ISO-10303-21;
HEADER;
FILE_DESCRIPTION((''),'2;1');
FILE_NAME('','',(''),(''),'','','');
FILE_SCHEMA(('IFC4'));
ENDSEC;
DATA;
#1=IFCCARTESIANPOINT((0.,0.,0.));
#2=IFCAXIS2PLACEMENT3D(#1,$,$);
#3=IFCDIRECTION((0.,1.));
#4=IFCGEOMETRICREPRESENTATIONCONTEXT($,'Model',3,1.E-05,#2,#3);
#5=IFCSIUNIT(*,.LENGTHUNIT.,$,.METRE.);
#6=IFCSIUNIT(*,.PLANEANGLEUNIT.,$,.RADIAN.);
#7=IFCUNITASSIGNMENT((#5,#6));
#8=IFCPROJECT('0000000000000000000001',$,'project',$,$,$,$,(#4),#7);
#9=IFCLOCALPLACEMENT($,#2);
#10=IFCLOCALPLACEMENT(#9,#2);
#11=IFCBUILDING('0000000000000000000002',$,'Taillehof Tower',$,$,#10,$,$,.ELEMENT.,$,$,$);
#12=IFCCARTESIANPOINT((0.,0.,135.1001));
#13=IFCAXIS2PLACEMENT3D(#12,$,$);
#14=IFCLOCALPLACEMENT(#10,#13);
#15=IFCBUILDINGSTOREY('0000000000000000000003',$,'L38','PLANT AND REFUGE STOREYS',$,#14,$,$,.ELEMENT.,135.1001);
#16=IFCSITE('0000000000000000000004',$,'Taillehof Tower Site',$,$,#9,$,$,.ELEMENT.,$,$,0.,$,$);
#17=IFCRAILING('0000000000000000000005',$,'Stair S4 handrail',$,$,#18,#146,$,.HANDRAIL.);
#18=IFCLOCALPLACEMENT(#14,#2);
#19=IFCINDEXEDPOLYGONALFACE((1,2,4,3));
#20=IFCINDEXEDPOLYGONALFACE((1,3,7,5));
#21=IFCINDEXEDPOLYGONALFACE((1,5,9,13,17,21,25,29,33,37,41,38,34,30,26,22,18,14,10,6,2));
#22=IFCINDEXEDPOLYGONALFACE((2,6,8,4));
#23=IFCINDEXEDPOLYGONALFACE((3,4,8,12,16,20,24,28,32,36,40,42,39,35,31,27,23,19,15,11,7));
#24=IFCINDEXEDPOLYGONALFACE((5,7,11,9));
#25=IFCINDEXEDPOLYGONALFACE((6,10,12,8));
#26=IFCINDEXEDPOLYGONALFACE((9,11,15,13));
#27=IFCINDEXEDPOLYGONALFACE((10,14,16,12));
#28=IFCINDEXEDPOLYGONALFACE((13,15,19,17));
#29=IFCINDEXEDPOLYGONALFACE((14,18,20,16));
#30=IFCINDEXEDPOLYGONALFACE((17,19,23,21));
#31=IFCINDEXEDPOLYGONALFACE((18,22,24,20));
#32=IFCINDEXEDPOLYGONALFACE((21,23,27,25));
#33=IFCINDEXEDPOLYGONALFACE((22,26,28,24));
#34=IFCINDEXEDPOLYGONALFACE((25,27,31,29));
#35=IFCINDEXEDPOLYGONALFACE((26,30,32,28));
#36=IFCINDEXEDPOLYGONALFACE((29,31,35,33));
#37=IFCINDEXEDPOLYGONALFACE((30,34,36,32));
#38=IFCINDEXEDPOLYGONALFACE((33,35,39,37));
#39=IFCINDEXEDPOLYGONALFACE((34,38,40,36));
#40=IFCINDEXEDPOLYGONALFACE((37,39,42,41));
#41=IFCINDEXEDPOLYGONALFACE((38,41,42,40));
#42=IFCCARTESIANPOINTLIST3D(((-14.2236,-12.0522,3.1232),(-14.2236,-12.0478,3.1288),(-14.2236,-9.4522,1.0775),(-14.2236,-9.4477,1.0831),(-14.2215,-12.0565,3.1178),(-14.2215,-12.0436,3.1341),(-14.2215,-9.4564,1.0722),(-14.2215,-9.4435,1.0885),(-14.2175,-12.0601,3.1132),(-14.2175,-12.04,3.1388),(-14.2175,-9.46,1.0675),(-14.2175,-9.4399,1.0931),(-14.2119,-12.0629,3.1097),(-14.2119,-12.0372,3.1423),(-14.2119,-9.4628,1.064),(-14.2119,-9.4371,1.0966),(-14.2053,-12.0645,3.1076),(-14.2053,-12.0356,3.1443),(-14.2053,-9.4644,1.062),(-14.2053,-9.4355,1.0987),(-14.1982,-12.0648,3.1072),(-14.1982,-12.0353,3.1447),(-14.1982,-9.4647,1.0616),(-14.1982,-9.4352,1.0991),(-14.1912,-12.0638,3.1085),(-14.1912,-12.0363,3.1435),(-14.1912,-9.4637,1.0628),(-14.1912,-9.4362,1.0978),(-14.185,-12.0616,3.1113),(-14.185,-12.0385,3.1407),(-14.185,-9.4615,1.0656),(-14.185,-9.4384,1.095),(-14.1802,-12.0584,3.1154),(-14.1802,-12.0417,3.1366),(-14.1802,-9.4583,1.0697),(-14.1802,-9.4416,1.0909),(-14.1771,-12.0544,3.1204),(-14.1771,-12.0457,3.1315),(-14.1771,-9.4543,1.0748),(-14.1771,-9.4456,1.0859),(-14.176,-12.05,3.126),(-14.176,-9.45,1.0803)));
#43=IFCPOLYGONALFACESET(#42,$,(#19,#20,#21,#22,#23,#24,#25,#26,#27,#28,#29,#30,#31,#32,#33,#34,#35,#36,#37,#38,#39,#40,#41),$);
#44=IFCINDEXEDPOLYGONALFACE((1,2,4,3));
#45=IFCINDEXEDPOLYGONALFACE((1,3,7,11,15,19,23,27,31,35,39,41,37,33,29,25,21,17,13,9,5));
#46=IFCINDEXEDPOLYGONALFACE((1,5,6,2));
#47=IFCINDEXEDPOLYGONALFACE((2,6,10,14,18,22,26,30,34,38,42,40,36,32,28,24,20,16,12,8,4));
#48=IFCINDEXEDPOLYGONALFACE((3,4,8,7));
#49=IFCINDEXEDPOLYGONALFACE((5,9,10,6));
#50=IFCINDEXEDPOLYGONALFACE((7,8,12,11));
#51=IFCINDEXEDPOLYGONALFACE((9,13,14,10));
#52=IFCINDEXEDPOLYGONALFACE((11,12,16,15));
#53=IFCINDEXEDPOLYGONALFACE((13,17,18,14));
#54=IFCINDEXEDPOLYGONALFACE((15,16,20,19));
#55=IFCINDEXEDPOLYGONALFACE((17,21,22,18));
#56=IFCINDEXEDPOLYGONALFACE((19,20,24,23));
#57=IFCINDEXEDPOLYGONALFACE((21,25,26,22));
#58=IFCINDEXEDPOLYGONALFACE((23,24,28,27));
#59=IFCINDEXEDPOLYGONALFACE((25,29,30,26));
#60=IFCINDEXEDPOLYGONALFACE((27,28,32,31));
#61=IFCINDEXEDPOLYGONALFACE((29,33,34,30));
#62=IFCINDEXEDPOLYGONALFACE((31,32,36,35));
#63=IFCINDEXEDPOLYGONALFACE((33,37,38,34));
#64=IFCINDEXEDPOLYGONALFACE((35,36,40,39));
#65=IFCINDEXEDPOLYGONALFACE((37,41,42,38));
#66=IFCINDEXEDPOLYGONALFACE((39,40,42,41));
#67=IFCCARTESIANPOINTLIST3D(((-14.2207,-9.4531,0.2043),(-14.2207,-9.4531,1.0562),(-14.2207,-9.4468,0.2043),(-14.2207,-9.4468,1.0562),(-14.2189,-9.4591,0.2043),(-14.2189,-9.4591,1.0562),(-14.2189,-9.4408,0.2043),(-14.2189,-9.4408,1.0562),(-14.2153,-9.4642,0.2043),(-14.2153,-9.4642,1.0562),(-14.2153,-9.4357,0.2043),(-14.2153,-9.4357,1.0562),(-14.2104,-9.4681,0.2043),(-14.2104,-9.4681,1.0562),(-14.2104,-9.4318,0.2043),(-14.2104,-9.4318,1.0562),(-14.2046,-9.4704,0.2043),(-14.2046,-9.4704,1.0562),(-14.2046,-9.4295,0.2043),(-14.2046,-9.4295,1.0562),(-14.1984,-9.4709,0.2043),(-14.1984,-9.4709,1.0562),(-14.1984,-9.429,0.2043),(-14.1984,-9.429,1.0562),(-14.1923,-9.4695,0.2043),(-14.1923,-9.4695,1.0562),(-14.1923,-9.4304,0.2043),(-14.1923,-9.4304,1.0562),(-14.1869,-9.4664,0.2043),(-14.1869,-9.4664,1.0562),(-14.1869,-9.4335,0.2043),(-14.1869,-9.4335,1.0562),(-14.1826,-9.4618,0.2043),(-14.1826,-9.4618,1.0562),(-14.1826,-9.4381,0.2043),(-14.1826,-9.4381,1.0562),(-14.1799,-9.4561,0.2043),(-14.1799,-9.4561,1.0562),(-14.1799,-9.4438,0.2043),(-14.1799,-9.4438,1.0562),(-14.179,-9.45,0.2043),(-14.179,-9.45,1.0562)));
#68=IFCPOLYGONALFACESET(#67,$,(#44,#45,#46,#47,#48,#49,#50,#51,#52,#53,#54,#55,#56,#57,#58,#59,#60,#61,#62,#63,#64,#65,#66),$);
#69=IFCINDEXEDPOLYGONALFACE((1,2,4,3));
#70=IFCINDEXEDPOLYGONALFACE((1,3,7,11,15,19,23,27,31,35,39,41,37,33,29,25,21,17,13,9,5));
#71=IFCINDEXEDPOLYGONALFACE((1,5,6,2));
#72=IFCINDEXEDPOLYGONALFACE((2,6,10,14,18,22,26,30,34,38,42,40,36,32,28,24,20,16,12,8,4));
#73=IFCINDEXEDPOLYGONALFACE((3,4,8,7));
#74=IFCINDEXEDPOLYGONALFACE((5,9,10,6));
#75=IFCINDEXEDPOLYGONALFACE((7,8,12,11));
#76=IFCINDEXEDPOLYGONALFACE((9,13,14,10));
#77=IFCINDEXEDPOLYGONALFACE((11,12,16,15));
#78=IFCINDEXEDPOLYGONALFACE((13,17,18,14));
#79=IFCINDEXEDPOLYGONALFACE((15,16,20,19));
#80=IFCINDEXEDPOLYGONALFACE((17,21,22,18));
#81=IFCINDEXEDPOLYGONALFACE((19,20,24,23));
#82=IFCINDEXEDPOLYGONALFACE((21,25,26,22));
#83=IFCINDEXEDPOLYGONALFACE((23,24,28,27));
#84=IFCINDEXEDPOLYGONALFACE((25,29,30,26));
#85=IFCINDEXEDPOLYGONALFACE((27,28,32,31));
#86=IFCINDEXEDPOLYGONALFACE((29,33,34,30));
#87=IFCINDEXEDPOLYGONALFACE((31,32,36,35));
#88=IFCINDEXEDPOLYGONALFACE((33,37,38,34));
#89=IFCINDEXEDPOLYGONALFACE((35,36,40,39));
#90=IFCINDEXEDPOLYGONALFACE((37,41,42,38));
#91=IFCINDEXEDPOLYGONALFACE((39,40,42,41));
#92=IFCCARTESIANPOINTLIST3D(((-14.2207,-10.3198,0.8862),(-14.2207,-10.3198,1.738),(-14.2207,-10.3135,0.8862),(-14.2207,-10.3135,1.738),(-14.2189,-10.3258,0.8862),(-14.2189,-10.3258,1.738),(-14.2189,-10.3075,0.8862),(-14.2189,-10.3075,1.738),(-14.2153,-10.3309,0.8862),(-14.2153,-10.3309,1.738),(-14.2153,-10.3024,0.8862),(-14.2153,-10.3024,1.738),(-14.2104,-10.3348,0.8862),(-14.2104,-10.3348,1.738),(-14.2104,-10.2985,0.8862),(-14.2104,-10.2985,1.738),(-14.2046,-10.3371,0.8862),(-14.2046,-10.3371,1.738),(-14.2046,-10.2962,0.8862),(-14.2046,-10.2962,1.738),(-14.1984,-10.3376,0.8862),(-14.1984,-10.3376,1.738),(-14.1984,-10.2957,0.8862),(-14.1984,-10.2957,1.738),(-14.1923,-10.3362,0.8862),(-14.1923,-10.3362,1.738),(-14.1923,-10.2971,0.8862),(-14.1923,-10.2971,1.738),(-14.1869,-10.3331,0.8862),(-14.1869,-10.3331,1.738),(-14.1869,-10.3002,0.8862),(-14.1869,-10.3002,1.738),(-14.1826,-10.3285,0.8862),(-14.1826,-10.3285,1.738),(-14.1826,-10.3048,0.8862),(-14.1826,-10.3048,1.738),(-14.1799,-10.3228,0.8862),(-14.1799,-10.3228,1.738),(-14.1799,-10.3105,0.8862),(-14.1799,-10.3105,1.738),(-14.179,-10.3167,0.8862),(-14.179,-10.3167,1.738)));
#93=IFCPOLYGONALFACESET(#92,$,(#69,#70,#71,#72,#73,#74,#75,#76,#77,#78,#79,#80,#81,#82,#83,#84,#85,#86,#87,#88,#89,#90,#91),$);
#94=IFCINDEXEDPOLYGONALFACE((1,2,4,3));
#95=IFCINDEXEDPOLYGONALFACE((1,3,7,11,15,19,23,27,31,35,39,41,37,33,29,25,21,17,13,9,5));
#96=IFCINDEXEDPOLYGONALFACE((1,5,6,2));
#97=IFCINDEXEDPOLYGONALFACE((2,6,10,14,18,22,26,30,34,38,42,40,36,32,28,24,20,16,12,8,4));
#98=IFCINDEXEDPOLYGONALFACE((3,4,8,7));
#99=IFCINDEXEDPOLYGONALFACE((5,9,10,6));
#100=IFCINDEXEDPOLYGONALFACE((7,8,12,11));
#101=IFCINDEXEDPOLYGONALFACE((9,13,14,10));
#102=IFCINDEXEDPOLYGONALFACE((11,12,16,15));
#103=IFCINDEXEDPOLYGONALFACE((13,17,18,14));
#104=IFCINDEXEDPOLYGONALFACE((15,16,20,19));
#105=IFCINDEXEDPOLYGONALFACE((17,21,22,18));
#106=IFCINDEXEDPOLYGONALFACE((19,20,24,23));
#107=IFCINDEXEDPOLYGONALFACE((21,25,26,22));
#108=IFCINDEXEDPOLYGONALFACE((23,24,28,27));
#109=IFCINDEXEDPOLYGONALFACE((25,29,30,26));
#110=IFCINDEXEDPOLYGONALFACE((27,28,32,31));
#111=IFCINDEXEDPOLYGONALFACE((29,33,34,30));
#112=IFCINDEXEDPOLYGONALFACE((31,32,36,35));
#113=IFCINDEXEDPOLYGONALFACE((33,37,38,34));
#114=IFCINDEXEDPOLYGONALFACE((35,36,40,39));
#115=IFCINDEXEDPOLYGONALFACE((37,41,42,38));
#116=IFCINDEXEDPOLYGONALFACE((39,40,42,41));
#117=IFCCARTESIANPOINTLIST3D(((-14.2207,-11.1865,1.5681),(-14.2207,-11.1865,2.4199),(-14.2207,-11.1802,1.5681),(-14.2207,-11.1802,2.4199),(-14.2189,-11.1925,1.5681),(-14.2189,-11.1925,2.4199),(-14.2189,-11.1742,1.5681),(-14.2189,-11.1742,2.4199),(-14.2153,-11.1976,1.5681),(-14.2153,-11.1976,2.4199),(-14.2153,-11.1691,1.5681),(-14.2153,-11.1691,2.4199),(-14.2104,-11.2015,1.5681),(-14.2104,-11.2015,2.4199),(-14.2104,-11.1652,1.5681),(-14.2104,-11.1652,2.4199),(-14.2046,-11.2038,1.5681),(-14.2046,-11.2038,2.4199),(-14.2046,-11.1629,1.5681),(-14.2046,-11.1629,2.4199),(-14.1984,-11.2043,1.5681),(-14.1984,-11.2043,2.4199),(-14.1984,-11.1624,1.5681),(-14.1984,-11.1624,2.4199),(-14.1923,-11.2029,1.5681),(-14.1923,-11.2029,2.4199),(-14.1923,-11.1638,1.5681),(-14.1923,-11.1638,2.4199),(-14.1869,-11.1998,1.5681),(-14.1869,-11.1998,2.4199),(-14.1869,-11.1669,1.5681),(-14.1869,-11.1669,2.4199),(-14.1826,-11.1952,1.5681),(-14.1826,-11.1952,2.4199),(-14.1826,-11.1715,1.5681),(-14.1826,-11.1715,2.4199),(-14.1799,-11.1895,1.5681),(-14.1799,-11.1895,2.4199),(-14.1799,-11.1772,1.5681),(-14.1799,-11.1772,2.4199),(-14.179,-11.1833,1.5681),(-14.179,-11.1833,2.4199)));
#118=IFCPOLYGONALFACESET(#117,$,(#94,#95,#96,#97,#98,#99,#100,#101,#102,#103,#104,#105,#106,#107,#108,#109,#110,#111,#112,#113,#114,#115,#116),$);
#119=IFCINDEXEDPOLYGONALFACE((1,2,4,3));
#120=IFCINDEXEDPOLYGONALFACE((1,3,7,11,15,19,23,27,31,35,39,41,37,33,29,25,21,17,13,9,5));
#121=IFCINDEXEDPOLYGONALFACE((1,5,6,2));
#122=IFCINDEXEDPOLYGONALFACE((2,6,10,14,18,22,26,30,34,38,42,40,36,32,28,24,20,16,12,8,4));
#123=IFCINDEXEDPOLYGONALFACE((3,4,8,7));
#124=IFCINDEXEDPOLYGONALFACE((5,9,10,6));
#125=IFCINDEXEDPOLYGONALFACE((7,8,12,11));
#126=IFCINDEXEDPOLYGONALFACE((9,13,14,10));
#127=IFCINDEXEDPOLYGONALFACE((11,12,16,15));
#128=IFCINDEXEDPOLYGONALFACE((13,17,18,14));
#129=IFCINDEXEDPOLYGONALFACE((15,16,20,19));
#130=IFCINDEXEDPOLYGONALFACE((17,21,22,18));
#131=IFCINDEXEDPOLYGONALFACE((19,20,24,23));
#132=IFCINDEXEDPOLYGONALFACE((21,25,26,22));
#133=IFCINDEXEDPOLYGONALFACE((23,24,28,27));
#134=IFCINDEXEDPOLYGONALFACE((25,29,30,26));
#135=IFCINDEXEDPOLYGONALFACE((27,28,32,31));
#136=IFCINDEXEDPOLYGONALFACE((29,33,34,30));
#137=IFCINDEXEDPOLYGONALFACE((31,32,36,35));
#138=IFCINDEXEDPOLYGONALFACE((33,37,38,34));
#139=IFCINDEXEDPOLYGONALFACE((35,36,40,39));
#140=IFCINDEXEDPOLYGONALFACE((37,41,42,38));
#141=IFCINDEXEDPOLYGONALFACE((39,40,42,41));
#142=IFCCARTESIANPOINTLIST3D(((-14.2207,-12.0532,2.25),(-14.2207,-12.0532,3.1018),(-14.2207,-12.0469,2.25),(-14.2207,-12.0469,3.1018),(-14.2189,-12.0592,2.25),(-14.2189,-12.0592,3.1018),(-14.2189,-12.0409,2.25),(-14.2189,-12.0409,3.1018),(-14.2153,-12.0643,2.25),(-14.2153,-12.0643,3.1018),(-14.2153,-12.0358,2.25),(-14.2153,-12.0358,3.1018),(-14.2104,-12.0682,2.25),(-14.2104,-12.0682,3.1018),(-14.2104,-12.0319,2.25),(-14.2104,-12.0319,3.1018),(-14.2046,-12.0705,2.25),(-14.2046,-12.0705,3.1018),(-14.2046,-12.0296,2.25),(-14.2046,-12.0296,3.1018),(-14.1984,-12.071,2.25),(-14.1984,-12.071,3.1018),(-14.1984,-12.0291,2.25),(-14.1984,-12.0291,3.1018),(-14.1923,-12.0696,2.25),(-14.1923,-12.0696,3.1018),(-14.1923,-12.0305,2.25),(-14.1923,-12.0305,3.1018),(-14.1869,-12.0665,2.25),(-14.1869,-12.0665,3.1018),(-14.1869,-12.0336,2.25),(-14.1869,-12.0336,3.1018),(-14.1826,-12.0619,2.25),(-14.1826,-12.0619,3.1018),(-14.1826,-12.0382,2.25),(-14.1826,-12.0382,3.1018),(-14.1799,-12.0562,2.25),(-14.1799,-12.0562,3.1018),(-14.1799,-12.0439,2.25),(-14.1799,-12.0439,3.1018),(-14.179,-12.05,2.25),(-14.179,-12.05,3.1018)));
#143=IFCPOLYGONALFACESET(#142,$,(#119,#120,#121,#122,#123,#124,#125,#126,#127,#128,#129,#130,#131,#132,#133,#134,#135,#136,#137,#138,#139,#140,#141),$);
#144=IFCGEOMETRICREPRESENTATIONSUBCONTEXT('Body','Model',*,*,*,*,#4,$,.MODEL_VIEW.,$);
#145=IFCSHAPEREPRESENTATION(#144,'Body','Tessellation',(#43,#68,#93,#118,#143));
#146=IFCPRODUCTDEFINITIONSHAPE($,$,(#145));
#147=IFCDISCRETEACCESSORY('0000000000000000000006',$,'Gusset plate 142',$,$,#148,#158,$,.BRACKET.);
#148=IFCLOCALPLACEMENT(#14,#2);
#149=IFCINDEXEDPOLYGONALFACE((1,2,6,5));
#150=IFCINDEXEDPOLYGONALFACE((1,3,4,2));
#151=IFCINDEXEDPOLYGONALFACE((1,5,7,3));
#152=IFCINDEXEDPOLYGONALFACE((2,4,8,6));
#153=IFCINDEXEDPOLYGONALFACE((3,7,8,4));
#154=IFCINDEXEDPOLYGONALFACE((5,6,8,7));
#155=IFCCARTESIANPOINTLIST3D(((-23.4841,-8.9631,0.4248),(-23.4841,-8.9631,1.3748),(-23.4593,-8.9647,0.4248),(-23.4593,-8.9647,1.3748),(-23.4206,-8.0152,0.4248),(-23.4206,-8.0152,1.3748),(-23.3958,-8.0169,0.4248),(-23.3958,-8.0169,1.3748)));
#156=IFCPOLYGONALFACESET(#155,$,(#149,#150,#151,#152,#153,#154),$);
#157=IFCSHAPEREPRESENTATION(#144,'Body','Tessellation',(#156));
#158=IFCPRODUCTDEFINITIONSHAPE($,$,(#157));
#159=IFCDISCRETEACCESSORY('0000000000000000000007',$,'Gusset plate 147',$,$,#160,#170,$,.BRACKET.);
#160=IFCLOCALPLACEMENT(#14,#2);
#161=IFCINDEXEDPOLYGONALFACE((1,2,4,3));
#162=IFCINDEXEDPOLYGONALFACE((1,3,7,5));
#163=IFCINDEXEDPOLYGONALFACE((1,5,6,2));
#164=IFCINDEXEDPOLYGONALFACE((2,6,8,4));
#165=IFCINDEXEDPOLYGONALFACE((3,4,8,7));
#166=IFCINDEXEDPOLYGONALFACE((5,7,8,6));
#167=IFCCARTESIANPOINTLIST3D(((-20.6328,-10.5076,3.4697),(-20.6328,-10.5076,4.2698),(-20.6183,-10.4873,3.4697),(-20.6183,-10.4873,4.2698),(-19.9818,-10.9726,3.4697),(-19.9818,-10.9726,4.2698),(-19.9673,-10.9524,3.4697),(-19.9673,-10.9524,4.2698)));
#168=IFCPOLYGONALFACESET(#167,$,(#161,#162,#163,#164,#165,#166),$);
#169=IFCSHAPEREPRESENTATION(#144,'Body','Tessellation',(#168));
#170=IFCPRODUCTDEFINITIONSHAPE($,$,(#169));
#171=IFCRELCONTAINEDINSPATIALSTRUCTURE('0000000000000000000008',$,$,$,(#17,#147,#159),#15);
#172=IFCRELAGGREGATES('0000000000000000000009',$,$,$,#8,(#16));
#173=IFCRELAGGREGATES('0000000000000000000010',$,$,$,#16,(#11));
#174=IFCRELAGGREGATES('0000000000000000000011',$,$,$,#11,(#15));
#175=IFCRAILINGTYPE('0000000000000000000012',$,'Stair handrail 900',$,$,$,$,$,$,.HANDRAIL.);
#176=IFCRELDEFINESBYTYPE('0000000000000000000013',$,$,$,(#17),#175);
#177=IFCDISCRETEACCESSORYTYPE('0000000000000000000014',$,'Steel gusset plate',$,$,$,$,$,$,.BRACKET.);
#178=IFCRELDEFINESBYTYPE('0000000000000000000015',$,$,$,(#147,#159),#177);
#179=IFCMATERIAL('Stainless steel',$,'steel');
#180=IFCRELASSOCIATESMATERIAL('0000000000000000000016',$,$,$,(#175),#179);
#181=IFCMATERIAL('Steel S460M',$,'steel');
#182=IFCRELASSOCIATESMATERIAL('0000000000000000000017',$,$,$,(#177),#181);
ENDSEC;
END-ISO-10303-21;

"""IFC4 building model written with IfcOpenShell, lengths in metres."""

from ifc_helpers import new_model, si_unit, direction, frame, origin, origin_2d, place, context, subcontext, project, spatial, rectangle, circle, extrude, material, type_object, element, save


model = new_model("IFC4")

# Units and contexts
model_context = context("Model", 3, precision=1e-05, world=origin(), true_north=direction((0.0, 1.0)))
body_context = subcontext(model_context, "Body", "Model", "MODEL_VIEW")
ifc_project = project(units=[si_unit("LENGTHUNIT", "METRE"), si_unit("PLANEANGLEUNIT", "RADIAN")], contexts=[model_context])

# Site, building, storey
site_placement = place(None, origin())
site = spatial("IfcSite", under=ifc_project, at=site_placement, Name="Taillehof Tower Site", CompositionType="ELEMENT", RefElevation=0.0)
building_placement = place(site_placement, origin())
building = spatial("IfcBuilding", under=site, at=building_placement, Name="Taillehof Tower", CompositionType="ELEMENT")
storey_placement = place(building_placement, frame((0.0, 0.0, 135.1001)))
storey = spatial("IfcBuildingStorey", under=building, at=storey_placement, Name="L38", Description="PLANT AND REFUGE STOREYS", CompositionType="ELEMENT", Elevation=135.1001)

# Railing
ifc_material_1 = material(Name="Stainless steel", Category="steel")
railing_type = type_object("IfcRailingType", Name="Stair handrail 900", PredefinedType="HANDRAIL", material=ifc_material_1)
railing_placement = place(storey_placement, frame((-14.2, -9.45, 0.2043)))
element("IfcRailing", 1, at=railing_placement, inside=storey, type_object=railing_type, Name="Stair S4 handrail", PredefinedType="HANDRAIL", context=body_context, shape_type="SweptSolid", body=[
    extrude(circle(Radius=0.0239, at=origin_2d()), frame((0.0, 0.0, 0.876), z_axis=(0.0, -0.785919, 0.61833), x_axis=(1.0, 0.0, 0.0)), (0.0, 0.0, 1.0), 3.3083),
    extrude(circle(Radius=0.021, at=origin_2d()), origin(), (0.0, 0.0, 1.0), 0.8518),
    extrude(circle(Radius=0.021, at=origin_2d()), frame((0.0, -0.8667, 0.6819)), (0.0, 0.0, 1.0), 0.8518),
    extrude(circle(Radius=0.021, at=origin_2d()), frame((0.0, -1.7334, 1.3638)), (0.0, 0.0, 1.0), 0.8518),
    extrude(circle(Radius=0.021, at=origin_2d()), frame((0.0, -2.6001, 2.0457)), (0.0, 0.0, 1.0), 0.8518),
])

# Discrete accessories
ifc_material_2 = material(Name="Steel S460M", Category="steel")
discrete_accessory_type = type_object("IfcDiscreteAccessoryType", Name="Steel gusset plate", PredefinedType="BRACKET", material=ifc_material_2)
discrete_accessory_1_placement = place(storey_placement, frame((-23.4399, -8.49, 0.4248), z_axis=(0.0, 0.0, 1.0), x_axis=(-0.066857, -0.997763, 0.0)))
element("IfcDiscreteAccessory", 2, at=discrete_accessory_1_placement, inside=storey, type_object=discrete_accessory_type, Name="Gusset plate 142", PredefinedType="BRACKET", context=body_context, shape_type="SweptSolid", body=[
    extrude(rectangle(XDim=0.95, YDim=0.0249, at=origin_2d()), origin(), (0.0, 0.0, 1.0), 0.95),
])
discrete_accessory_2_placement = place(storey_placement, frame((-20.3, -10.73, 3.4697), z_axis=(0.0, 0.0, 1.0), x_axis=(0.81374, -0.581229, 0.0)))
element("IfcDiscreteAccessory", 3, at=discrete_accessory_2_placement, inside=storey, type_object=discrete_accessory_type, Name="Gusset plate 147", PredefinedType="BRACKET", context=body_context, shape_type="SweptSolid", body=[
    extrude(rectangle(XDim=0.8, YDim=0.0249, at=origin_2d()), origin(), (0.0, 0.0, 1.0), 0.8),
])

save(model, "model.ifc")
